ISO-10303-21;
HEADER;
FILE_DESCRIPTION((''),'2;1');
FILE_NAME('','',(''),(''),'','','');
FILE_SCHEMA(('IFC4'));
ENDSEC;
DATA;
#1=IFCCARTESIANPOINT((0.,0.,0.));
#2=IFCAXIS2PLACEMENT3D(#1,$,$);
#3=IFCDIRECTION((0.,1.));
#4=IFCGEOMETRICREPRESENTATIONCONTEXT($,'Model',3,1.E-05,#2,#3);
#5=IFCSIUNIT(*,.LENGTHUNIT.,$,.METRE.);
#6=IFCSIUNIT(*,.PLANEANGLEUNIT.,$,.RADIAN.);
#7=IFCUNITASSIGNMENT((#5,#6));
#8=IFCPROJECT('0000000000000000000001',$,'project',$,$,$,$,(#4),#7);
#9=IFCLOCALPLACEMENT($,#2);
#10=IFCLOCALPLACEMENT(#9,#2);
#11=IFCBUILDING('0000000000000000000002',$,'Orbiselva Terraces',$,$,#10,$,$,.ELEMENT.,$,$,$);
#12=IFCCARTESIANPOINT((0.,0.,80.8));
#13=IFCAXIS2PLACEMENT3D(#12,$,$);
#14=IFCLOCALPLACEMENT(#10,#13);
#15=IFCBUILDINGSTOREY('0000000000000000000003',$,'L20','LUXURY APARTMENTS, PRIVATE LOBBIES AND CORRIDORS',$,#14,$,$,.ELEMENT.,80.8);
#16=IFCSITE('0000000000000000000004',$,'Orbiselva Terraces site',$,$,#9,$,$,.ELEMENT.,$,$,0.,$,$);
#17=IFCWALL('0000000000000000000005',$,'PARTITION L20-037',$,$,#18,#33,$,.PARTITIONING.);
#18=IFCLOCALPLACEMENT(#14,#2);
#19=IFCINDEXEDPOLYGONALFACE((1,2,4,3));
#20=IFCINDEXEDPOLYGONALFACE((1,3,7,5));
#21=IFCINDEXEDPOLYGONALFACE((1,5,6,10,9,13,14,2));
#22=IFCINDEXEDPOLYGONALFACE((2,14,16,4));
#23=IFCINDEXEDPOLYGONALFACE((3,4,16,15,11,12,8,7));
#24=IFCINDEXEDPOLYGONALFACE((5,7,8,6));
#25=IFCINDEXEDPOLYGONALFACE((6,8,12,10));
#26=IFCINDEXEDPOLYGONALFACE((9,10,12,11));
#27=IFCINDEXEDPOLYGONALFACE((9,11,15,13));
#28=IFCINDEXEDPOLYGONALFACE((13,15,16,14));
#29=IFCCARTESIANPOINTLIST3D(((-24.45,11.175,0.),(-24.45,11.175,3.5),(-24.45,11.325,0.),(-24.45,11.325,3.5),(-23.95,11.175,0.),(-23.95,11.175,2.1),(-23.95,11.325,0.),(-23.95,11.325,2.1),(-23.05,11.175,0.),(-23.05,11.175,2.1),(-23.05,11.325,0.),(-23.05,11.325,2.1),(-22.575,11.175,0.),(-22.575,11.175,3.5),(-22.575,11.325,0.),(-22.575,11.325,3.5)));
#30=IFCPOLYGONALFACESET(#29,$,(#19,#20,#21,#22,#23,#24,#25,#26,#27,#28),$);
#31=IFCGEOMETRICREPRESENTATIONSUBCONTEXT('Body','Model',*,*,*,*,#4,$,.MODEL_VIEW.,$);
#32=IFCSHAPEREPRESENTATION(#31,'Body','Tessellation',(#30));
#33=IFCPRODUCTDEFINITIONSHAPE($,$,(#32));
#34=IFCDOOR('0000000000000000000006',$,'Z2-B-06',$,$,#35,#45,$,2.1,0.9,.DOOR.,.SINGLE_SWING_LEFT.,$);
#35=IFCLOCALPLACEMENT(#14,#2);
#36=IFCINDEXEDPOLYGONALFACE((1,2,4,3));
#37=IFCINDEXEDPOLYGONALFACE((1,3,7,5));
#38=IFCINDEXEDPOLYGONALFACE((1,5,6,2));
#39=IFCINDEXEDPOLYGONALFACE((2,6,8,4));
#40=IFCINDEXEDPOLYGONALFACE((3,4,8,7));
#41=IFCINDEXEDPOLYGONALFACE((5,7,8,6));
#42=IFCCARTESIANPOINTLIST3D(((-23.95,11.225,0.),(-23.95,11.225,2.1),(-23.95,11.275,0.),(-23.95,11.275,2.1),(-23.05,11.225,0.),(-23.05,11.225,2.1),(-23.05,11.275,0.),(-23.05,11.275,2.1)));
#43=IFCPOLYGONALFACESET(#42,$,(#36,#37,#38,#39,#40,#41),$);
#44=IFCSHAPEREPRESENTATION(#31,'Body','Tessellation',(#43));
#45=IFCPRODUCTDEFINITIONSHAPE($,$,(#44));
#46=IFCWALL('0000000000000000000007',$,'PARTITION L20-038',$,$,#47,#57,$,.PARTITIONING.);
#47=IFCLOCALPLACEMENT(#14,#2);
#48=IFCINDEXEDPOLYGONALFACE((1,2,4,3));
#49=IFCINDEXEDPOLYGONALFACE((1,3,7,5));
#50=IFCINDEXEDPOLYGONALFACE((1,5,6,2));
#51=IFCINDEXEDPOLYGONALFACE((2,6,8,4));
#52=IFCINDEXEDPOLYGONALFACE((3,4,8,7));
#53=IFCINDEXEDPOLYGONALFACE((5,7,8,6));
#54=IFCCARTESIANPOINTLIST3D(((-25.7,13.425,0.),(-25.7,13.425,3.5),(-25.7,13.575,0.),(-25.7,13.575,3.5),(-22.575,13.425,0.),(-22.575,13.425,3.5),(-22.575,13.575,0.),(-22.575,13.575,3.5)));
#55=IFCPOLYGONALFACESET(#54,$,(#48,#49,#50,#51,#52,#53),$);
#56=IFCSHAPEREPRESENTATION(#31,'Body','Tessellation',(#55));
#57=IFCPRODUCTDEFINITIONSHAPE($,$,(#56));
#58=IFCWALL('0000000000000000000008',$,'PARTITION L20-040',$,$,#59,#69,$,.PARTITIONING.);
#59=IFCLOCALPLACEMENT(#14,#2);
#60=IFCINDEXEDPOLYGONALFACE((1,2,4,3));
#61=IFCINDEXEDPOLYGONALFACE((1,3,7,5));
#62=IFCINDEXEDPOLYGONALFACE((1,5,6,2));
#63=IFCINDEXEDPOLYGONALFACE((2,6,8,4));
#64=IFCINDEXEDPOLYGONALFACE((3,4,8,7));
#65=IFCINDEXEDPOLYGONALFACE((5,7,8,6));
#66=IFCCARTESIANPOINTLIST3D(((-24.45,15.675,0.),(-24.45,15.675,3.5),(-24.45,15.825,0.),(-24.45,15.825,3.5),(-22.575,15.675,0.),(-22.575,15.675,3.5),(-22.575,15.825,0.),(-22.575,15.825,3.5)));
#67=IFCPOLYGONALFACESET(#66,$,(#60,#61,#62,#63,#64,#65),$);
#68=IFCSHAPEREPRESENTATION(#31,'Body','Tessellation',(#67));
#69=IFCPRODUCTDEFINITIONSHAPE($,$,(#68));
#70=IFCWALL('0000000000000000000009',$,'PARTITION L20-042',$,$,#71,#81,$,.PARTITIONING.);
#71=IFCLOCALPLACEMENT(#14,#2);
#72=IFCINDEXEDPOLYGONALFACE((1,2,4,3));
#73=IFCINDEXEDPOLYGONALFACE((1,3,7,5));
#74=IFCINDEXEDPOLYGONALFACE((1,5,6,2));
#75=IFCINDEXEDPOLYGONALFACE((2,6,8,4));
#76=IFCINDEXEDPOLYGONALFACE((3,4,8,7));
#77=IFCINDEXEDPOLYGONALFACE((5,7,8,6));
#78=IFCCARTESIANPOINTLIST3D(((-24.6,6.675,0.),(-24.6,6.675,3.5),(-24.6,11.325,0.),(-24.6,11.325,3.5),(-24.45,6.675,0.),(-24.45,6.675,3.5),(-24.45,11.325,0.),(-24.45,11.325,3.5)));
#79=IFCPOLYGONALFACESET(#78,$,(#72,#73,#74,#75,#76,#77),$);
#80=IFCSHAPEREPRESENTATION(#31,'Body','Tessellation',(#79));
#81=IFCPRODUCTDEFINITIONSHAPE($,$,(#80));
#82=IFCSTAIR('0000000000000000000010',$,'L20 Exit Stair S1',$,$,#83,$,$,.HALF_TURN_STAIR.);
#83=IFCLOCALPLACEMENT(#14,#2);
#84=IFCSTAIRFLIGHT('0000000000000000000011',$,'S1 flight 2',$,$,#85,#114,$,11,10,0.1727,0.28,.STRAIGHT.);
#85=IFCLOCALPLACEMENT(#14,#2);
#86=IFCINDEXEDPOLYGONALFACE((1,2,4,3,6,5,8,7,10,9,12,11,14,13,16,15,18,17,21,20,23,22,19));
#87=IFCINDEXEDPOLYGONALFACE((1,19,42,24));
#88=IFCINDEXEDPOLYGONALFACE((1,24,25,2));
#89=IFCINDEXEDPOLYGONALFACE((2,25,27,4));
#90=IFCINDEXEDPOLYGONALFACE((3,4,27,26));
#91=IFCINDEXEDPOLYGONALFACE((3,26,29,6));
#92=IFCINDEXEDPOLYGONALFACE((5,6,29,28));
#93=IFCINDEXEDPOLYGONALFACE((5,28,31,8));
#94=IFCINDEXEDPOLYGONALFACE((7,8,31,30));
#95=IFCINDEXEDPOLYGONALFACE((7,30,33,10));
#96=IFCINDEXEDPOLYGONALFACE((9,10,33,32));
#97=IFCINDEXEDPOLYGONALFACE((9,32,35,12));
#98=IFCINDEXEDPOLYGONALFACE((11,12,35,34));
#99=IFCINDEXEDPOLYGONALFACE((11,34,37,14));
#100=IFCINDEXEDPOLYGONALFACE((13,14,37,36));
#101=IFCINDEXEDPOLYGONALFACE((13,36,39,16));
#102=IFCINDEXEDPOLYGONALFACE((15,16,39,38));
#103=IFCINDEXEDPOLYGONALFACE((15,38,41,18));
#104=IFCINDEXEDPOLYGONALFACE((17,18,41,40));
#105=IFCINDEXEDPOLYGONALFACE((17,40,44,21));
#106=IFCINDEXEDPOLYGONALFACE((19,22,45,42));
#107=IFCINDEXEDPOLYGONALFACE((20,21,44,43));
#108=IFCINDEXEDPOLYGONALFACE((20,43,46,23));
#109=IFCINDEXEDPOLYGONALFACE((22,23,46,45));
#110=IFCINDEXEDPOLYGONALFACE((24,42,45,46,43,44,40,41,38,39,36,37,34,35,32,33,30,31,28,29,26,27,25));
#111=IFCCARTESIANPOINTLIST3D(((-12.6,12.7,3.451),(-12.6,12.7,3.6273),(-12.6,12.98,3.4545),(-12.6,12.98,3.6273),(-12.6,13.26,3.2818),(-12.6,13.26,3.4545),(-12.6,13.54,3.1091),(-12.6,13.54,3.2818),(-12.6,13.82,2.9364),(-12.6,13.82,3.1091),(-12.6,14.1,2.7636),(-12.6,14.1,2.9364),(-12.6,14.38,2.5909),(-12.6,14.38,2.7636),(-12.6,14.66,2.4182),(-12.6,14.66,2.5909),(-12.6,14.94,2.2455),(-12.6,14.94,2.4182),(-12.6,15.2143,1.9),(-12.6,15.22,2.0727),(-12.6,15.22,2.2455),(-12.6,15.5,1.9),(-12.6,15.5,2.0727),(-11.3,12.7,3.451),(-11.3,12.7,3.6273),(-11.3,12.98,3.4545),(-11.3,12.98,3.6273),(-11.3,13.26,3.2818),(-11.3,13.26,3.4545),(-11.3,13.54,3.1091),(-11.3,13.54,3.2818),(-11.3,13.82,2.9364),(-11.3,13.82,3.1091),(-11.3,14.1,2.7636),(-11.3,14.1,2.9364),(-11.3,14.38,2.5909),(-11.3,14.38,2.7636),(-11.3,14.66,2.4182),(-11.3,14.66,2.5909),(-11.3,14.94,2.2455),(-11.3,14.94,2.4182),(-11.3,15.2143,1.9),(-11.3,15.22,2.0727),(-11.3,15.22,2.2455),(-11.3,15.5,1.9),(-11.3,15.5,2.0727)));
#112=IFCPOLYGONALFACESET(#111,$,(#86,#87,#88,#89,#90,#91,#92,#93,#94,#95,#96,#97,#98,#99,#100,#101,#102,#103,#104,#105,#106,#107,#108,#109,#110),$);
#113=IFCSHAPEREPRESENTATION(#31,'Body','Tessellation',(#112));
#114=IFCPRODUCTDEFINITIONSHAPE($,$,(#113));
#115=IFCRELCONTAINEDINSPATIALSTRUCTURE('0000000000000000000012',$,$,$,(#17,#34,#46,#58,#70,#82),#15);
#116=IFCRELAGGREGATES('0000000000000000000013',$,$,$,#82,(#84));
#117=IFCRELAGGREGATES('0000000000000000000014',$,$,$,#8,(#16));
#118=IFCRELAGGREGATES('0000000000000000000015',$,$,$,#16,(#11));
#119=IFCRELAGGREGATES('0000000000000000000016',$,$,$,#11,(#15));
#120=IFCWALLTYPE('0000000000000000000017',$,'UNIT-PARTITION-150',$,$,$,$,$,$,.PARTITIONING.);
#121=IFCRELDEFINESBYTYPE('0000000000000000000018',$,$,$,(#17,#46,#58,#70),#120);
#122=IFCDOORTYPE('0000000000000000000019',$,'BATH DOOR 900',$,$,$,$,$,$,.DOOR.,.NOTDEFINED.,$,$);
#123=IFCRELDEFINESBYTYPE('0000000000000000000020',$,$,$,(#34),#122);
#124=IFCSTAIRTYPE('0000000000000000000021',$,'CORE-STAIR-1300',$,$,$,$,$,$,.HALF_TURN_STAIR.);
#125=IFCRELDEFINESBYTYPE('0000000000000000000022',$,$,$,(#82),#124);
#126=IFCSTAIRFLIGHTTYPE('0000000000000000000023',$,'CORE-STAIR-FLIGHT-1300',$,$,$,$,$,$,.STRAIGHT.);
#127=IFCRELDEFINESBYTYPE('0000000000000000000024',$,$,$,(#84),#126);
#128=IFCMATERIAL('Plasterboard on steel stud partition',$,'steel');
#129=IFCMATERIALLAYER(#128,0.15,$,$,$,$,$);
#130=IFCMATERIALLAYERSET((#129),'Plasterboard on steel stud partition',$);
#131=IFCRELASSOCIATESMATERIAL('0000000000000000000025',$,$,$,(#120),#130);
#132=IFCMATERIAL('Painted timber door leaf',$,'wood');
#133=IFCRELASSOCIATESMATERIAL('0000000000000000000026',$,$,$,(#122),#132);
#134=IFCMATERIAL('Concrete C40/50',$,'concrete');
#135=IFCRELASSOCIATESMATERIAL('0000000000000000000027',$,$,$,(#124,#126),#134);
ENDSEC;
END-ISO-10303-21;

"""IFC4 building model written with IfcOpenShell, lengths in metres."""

from ifc_helpers import new_model, si_unit, direction, frame, frame_2d, origin, place, context, subcontext, project, spatial, polyline, rectangle, outline, extrude, material, layer, layer_set, type_object, element, fill, aggregate, save


model = new_model("IFC4")

# Units and contexts
model_context = context("Model", 3, precision=1e-05, world=origin(), true_north=direction((0.0, 1.0)))
body_context = subcontext(model_context, "Body", "Model", "MODEL_VIEW")
ifc_project = project(units=[si_unit("LENGTHUNIT", "METRE"), si_unit("PLANEANGLEUNIT", "RADIAN")], contexts=[model_context])

# Site, building, storey
site_placement = place(None, origin())
site = spatial("IfcSite", under=ifc_project, at=site_placement, Name="Orbiselva Terraces site", CompositionType="ELEMENT", RefElevation=0.0)
building_placement = place(site_placement, origin())
building = spatial("IfcBuilding", under=site, at=building_placement, Name="Orbiselva Terraces", CompositionType="ELEMENT")
storey_placement = place(building_placement, frame((0.0, 0.0, 80.8)))
storey = spatial("IfcBuildingStorey", under=building, at=storey_placement, Name="L20", Description="LUXURY APARTMENTS, PRIVATE LOBBIES AND CORRIDORS", CompositionType="ELEMENT", Elevation=80.8)

# Shared definitions
ifc_material_1 = material(Name="Plasterboard on steel stud partition", Category="steel")

# Shared definitions
ifc_material_2 = material(Name="Painted timber door leaf", Category="wood")
ifc_layer_1 = layer(ifc_material_1, 0.15)
ifc_layer_set_1 = layer_set([ifc_layer_1], Name="Plasterboard on steel stud partition")
wall_type_1 = type_object("IfcWallType", Name="UNIT-PARTITION-150", PredefinedType="PARTITIONING", material=ifc_layer_set_1)
door_type_1 = type_object("IfcDoorType", Name="BATH DOOR 900", OperationType="NOTDEFINED", PredefinedType="DOOR", material=ifc_material_2)

# Wall, opening, door
wall_1_placement = place(storey_placement, frame((-22.575, 11.25, 0.0), z_axis=(0.0, 0.0, 1.0), x_axis=(-1.0, 0.0, 0.0)))
wall_1 = element("IfcWall", 1, at=wall_1_placement, inside=storey, type_object=wall_type_1, Name="PARTITION L20-037", PredefinedType="PARTITIONING", context=body_context, shape_type="SweptSolid", body=[
    extrude(rectangle(XDim=1.875, YDim=0.15, at=frame_2d((0.9375, 0.0))), origin(), (0.0, 0.0, 1.0), 3.5),
])
opening_1_placement = place(wall_1_placement, frame((0.475, 0.0, 0.0)))
opening_1 = element("IfcOpeningElement", 2, at=opening_1_placement, cuts=wall_1, PredefinedType="OPENING", context=body_context, shape_type="SweptSolid", body=[
    extrude(rectangle(XDim=0.9, YDim=2.1, at=frame_2d((0.45, 1.05))), frame((0.0, 0.085, 0.0), z_axis=(0.0, -1.0, 0.0), x_axis=(1.0, 0.0, 0.0)), (0.0, 0.0, 1.0), 0.17),
])
door_1_placement = place(opening_1_placement, origin())
door_1 = element("IfcDoor", 3, at=door_1_placement, inside=storey, type_object=door_type_1, Name="Z2-B-06", OperationType="SINGLE_SWING_LEFT", OverallHeight=2.1, OverallWidth=0.9, PredefinedType="DOOR", context=body_context, shape_type="SweptSolid", body=[
    extrude(rectangle(XDim=0.9, YDim=2.1, at=frame_2d((0.45, 1.05))), frame((0.0, 0.025, 0.0), z_axis=(0.0, -1.0, 0.0), x_axis=(1.0, 0.0, 0.0)), (0.0, 0.0, 1.0), 0.05),
])
fill(opening_1, door_1)

# Walls
wall_2_placement = place(storey_placement, frame((-25.7, 13.5, 0.0), z_axis=(0.0, 0.0, 1.0), x_axis=(1.0, 0.0, 0.0)))
element("IfcWall", 4, at=wall_2_placement, inside=storey, type_object=wall_type_1, Name="PARTITION L20-038", PredefinedType="PARTITIONING", context=body_context, shape_type="SweptSolid", body=[
    extrude(rectangle(XDim=3.125, YDim=0.15, at=frame_2d((1.5625, 0.0))), origin(), (0.0, 0.0, 1.0), 3.5),
])
wall_3_placement = place(storey_placement, frame((-24.45, 15.75, 0.0), z_axis=(0.0, 0.0, 1.0), x_axis=(1.0, 0.0, 0.0)))
element("IfcWall", 5, at=wall_3_placement, inside=storey, type_object=wall_type_1, Name="PARTITION L20-040", PredefinedType="PARTITIONING", context=body_context, shape_type="SweptSolid", body=[
    extrude(rectangle(XDim=1.875, YDim=0.15, at=frame_2d((0.9375, 0.0))), origin(), (0.0, 0.0, 1.0), 3.5),
])
wall_4_placement = place(storey_placement, frame((-24.525, 6.675, 0.0), z_axis=(0.0, 0.0, 1.0), x_axis=(0.0, 1.0, 0.0)))
element("IfcWall", 6, at=wall_4_placement, inside=storey, type_object=wall_type_1, Name="PARTITION L20-042", PredefinedType="PARTITIONING", context=body_context, shape_type="SweptSolid", body=[
    extrude(rectangle(XDim=4.65, YDim=0.15, at=frame_2d((2.325, 0.0))), origin(), (0.0, 0.0, 1.0), 3.5),
])

# Stair, stair flight
ifc_material_3 = material(Name="Concrete C40/50", Category="concrete")
stair_type = type_object("IfcStairType", Name="CORE-STAIR-1300", PredefinedType="HALF_TURN_STAIR", material=ifc_material_3)
stair_placement = place(storey_placement, origin())
stair = element("IfcStair", 7, at=stair_placement, inside=storey, type_object=stair_type, Name="L20 Exit Stair S1", PredefinedType="HALF_TURN_STAIR")
stair_flight_type = type_object("IfcStairFlightType", Name="CORE-STAIR-FLIGHT-1300", PredefinedType="STRAIGHT", material=ifc_material_3)
stair_flight_placement = place(storey_placement, frame((-11.95, 15.5, 1.9), z_axis=(0.0, 0.0, 1.0), x_axis=(0.0, -1.0, 0.0)))
stair_flight = element("IfcStairFlight", 8, at=stair_flight_placement, type_object=stair_flight_type, Name="S1 flight 2", NumberOfRisers=11, NumberOfTreads=10, PredefinedType="STRAIGHT", RiserHeight=0.1727, TreadLength=0.28, context=body_context, shape_type="SweptSolid", body=[
    extrude(outline(polyline([(0.0, 0.0), (0.0, 0.1727), (0.28, 0.1727), (0.28, 0.3455), (0.56, 0.3455), (0.56, 0.5182), (0.84, 0.5182), (0.84, 0.6909), (1.12, 0.6909), (1.12, 0.8636), (1.4, 0.8636), (1.4, 1.0364), (1.68, 1.0364), (1.68, 1.2091), (1.96, 1.2091), (1.96, 1.3818), (2.24, 1.3818), (2.24, 1.5545), (2.52, 1.5545), (2.52, 1.7273), (2.8, 1.7273), (2.8, 1.9), (2.8, 1.551), (0.2857, 0.0), (0.0, 0.0)])), frame((0.0, 0.65, 0.0), z_axis=(0.0, -1.0, 0.0), x_axis=(1.0, 0.0, 0.0)), (0.0, 0.0, 1.0), 1.3),
])
aggregate(stair, [stair_flight])

save(model, "model.ifc")
